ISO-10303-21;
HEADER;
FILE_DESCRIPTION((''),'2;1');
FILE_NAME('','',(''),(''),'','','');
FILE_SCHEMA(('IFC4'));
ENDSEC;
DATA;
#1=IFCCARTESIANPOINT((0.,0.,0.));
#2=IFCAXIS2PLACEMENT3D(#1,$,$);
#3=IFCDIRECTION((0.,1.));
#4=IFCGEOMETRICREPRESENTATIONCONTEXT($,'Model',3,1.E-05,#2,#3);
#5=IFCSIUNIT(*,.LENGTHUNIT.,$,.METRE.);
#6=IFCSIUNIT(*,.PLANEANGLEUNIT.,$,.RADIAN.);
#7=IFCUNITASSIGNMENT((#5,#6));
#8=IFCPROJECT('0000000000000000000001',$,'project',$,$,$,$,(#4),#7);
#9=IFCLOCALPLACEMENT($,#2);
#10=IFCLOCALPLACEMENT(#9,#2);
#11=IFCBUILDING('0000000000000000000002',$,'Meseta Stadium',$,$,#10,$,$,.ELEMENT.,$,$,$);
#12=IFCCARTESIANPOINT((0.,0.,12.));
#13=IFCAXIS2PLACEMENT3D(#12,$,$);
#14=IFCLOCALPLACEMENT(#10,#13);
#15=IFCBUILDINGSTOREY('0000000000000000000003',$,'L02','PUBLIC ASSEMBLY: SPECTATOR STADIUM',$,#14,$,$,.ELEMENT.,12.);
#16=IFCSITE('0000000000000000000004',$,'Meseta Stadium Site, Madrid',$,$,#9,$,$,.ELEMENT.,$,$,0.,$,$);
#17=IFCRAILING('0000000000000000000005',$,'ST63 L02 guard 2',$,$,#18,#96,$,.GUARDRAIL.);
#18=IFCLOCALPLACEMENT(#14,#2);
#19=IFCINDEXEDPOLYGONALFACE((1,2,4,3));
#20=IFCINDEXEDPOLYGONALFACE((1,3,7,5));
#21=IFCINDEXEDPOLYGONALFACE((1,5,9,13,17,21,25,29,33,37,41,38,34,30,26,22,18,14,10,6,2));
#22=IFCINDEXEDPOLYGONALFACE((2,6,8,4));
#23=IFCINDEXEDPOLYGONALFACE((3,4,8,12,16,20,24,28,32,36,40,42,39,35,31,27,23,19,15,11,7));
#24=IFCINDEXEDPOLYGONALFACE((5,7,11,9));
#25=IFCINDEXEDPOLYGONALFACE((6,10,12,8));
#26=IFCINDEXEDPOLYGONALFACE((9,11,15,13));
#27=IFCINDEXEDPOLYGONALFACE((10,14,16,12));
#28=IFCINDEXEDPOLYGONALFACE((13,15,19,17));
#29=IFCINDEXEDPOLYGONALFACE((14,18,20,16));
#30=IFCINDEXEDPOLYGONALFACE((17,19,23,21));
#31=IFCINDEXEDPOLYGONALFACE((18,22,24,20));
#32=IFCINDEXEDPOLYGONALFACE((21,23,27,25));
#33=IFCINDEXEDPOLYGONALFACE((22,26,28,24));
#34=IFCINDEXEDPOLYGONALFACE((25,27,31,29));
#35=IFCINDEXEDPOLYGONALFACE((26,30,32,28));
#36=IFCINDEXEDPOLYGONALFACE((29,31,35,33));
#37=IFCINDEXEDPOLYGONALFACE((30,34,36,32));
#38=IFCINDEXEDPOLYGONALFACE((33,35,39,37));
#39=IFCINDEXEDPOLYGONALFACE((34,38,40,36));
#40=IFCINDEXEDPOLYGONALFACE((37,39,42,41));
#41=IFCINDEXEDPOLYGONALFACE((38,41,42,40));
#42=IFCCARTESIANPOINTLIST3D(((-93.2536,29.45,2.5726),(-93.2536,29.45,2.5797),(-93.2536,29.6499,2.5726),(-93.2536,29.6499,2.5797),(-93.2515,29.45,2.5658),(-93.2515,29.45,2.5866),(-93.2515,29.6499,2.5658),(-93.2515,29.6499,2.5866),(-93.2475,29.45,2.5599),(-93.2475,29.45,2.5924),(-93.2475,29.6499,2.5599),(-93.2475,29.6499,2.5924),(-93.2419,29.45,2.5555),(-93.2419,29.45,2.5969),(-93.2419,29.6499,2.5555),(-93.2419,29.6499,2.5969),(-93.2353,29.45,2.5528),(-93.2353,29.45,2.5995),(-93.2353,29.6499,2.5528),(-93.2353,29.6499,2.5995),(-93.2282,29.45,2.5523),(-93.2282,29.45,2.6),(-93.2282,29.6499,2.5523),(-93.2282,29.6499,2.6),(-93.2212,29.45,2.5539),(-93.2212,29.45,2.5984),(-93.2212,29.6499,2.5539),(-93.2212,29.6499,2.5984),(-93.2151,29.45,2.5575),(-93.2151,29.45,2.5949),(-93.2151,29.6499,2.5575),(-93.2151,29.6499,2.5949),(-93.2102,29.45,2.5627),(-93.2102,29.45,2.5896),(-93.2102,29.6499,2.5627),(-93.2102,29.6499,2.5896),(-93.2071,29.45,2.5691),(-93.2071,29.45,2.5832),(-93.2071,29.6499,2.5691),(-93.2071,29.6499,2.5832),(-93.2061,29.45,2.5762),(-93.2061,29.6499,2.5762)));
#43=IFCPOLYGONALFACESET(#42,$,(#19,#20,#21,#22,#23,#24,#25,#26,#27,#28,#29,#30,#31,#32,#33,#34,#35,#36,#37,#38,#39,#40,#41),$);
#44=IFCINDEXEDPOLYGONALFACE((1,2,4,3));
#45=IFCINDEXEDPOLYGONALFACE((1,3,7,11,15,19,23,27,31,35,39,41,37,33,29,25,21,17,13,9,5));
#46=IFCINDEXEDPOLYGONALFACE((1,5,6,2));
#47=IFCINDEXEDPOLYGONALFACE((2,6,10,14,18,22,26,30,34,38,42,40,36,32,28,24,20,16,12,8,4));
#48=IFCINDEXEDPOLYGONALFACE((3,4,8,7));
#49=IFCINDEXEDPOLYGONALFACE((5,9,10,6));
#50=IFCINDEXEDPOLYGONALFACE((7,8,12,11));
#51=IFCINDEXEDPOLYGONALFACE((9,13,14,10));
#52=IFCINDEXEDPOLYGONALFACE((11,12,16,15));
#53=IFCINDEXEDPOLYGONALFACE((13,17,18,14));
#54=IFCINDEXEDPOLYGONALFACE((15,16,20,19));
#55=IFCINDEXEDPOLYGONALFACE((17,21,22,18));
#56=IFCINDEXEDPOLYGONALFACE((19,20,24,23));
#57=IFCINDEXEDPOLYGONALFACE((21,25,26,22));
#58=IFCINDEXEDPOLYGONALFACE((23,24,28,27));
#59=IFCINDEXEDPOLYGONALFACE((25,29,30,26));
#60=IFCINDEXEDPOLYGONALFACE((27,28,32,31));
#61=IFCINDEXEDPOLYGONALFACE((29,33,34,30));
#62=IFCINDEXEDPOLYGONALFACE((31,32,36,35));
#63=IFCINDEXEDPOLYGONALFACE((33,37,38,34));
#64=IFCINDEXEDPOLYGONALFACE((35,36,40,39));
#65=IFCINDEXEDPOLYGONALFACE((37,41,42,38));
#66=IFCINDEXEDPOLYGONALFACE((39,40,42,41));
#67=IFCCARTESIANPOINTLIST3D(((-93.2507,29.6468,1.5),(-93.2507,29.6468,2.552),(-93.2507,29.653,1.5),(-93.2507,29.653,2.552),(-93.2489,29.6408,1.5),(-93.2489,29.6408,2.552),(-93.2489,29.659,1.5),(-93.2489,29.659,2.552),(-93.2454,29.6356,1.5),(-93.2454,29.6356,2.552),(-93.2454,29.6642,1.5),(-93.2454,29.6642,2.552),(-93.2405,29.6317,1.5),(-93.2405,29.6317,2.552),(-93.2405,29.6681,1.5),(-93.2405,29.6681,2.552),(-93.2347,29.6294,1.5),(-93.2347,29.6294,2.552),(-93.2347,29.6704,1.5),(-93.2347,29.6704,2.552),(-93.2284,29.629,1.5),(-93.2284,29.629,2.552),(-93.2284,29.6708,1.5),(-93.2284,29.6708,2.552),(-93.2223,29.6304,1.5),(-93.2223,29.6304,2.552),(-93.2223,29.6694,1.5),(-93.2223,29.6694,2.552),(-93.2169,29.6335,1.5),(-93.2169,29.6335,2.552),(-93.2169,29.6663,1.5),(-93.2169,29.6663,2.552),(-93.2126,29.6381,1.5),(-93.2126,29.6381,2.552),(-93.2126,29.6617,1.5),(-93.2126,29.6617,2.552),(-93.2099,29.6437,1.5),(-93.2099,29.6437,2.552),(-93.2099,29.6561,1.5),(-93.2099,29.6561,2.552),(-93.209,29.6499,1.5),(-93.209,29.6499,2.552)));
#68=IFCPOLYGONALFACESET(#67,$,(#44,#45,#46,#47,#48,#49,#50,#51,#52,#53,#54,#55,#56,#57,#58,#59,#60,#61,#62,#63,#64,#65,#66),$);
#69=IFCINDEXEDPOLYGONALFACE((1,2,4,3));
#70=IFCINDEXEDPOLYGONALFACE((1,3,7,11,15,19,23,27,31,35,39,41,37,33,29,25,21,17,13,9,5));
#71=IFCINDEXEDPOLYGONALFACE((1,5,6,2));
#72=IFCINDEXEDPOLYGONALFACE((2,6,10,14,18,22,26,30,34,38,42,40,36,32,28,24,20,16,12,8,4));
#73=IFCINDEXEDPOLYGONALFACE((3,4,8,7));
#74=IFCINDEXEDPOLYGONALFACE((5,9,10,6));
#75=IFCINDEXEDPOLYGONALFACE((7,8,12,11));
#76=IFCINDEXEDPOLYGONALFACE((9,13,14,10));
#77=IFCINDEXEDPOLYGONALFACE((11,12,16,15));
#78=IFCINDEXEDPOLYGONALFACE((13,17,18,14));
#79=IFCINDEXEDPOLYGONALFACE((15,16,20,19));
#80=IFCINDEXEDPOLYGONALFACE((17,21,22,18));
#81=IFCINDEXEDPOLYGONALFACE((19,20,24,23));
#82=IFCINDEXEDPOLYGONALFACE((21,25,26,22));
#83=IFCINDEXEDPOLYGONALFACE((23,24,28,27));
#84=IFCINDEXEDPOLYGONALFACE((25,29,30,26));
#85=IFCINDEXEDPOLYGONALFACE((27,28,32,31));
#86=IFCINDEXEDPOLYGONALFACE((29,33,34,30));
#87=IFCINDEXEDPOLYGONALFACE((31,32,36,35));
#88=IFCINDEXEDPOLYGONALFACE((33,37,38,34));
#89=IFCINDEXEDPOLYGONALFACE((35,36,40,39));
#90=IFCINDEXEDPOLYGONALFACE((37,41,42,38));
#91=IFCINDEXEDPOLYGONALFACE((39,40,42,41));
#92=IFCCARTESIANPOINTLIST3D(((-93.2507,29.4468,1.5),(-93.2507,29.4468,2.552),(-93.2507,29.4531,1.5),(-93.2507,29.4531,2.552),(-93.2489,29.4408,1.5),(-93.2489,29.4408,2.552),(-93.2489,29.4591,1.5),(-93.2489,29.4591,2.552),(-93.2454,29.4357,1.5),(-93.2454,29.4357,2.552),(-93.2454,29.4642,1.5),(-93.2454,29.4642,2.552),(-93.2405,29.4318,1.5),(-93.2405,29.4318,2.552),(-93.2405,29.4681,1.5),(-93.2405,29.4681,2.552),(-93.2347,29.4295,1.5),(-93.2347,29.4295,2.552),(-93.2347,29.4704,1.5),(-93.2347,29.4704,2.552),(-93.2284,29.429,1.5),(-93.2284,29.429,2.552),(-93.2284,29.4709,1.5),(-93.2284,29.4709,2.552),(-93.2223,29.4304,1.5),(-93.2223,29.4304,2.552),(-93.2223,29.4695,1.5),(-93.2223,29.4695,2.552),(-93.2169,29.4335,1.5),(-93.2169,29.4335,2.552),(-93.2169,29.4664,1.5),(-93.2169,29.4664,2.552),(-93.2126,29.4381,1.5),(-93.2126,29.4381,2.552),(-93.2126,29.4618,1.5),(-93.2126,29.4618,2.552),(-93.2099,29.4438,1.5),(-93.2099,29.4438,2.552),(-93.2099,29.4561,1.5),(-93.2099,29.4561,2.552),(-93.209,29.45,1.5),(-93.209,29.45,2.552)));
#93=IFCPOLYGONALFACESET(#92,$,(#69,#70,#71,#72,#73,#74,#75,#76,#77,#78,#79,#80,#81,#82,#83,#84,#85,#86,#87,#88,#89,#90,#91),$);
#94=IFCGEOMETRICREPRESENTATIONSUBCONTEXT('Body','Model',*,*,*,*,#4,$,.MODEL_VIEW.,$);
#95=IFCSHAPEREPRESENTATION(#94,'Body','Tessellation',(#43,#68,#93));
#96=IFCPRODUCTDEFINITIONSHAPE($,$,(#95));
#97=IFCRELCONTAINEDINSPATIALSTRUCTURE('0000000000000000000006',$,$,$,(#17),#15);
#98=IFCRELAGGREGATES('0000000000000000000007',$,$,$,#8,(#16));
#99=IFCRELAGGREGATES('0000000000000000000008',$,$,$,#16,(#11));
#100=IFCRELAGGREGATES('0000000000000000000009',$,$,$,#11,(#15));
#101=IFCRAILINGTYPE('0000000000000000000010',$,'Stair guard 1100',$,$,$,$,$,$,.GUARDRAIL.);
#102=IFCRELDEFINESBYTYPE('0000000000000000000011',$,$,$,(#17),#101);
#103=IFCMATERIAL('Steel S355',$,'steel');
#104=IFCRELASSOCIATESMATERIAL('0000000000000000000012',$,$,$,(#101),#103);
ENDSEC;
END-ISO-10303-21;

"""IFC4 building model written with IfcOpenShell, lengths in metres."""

from ifc_helpers import new_model, si_unit, direction, frame, origin, origin_2d, place, context, subcontext, project, spatial, circle, extrude, material, type_object, element, save


model = new_model("IFC4")

# Units and contexts
model_context = context("Model", 3, precision=1e-05, world=origin(), true_north=direction((0.0, 1.0)))
body_context = subcontext(model_context, "Body", "Model", "MODEL_VIEW")
ifc_project = project(units=[si_unit("LENGTHUNIT", "METRE"), si_unit("PLANEANGLEUNIT", "RADIAN")], contexts=[model_context])

# Site, building, storey
site_placement = place(None, origin())
site = spatial("IfcSite", under=ifc_project, at=site_placement, Name="Meseta Stadium Site, Madrid", CompositionType="ELEMENT", RefElevation=0.0)
building_placement = place(site_placement, origin())
building = spatial("IfcBuilding", under=site, at=building_placement, Name="Meseta Stadium", CompositionType="ELEMENT")
storey_placement = place(building_placement, frame((0.0, 0.0, 12.0)))
storey = spatial("IfcBuildingStorey", under=building, at=storey_placement, Name="L02", Description="PUBLIC ASSEMBLY: SPECTATOR STADIUM", CompositionType="ELEMENT", Elevation=12.0)

# Railing
ifc_material_1 = material(Name="Steel S355", Category="steel")
railing_type_1 = type_object("IfcRailingType", Name="Stair guard 1100", PredefinedType="GUARDRAIL", material=ifc_material_1)
railing_1_placement = place(storey_placement, frame((-93.23, 29.6499, 1.5)))
element("IfcRailing", 1, at=railing_1_placement, inside=storey, type_object=railing_type_1, Name="ST63 L02 guard 2", PredefinedType="GUARDRAIL", context=body_context, shape_type="SweptSolid", body=[
    extrude(circle(Radius=0.0239, at=origin_2d()), frame((0.0, 0.0, 1.0762), z_axis=(0.0, -1.0, 0.0), x_axis=(1.0, 0.0, 0.0)), (0.0, 0.0, 1.0), 0.2),
    extrude(circle(Radius=0.021, at=origin_2d()), origin(), (0.0, 0.0, 1.0), 1.052),
    extrude(circle(Radius=0.021, at=origin_2d()), frame((0.0, -0.2, 0.0)), (0.0, 0.0, 1.0), 1.052),
])

save(model, "model.ifc")
